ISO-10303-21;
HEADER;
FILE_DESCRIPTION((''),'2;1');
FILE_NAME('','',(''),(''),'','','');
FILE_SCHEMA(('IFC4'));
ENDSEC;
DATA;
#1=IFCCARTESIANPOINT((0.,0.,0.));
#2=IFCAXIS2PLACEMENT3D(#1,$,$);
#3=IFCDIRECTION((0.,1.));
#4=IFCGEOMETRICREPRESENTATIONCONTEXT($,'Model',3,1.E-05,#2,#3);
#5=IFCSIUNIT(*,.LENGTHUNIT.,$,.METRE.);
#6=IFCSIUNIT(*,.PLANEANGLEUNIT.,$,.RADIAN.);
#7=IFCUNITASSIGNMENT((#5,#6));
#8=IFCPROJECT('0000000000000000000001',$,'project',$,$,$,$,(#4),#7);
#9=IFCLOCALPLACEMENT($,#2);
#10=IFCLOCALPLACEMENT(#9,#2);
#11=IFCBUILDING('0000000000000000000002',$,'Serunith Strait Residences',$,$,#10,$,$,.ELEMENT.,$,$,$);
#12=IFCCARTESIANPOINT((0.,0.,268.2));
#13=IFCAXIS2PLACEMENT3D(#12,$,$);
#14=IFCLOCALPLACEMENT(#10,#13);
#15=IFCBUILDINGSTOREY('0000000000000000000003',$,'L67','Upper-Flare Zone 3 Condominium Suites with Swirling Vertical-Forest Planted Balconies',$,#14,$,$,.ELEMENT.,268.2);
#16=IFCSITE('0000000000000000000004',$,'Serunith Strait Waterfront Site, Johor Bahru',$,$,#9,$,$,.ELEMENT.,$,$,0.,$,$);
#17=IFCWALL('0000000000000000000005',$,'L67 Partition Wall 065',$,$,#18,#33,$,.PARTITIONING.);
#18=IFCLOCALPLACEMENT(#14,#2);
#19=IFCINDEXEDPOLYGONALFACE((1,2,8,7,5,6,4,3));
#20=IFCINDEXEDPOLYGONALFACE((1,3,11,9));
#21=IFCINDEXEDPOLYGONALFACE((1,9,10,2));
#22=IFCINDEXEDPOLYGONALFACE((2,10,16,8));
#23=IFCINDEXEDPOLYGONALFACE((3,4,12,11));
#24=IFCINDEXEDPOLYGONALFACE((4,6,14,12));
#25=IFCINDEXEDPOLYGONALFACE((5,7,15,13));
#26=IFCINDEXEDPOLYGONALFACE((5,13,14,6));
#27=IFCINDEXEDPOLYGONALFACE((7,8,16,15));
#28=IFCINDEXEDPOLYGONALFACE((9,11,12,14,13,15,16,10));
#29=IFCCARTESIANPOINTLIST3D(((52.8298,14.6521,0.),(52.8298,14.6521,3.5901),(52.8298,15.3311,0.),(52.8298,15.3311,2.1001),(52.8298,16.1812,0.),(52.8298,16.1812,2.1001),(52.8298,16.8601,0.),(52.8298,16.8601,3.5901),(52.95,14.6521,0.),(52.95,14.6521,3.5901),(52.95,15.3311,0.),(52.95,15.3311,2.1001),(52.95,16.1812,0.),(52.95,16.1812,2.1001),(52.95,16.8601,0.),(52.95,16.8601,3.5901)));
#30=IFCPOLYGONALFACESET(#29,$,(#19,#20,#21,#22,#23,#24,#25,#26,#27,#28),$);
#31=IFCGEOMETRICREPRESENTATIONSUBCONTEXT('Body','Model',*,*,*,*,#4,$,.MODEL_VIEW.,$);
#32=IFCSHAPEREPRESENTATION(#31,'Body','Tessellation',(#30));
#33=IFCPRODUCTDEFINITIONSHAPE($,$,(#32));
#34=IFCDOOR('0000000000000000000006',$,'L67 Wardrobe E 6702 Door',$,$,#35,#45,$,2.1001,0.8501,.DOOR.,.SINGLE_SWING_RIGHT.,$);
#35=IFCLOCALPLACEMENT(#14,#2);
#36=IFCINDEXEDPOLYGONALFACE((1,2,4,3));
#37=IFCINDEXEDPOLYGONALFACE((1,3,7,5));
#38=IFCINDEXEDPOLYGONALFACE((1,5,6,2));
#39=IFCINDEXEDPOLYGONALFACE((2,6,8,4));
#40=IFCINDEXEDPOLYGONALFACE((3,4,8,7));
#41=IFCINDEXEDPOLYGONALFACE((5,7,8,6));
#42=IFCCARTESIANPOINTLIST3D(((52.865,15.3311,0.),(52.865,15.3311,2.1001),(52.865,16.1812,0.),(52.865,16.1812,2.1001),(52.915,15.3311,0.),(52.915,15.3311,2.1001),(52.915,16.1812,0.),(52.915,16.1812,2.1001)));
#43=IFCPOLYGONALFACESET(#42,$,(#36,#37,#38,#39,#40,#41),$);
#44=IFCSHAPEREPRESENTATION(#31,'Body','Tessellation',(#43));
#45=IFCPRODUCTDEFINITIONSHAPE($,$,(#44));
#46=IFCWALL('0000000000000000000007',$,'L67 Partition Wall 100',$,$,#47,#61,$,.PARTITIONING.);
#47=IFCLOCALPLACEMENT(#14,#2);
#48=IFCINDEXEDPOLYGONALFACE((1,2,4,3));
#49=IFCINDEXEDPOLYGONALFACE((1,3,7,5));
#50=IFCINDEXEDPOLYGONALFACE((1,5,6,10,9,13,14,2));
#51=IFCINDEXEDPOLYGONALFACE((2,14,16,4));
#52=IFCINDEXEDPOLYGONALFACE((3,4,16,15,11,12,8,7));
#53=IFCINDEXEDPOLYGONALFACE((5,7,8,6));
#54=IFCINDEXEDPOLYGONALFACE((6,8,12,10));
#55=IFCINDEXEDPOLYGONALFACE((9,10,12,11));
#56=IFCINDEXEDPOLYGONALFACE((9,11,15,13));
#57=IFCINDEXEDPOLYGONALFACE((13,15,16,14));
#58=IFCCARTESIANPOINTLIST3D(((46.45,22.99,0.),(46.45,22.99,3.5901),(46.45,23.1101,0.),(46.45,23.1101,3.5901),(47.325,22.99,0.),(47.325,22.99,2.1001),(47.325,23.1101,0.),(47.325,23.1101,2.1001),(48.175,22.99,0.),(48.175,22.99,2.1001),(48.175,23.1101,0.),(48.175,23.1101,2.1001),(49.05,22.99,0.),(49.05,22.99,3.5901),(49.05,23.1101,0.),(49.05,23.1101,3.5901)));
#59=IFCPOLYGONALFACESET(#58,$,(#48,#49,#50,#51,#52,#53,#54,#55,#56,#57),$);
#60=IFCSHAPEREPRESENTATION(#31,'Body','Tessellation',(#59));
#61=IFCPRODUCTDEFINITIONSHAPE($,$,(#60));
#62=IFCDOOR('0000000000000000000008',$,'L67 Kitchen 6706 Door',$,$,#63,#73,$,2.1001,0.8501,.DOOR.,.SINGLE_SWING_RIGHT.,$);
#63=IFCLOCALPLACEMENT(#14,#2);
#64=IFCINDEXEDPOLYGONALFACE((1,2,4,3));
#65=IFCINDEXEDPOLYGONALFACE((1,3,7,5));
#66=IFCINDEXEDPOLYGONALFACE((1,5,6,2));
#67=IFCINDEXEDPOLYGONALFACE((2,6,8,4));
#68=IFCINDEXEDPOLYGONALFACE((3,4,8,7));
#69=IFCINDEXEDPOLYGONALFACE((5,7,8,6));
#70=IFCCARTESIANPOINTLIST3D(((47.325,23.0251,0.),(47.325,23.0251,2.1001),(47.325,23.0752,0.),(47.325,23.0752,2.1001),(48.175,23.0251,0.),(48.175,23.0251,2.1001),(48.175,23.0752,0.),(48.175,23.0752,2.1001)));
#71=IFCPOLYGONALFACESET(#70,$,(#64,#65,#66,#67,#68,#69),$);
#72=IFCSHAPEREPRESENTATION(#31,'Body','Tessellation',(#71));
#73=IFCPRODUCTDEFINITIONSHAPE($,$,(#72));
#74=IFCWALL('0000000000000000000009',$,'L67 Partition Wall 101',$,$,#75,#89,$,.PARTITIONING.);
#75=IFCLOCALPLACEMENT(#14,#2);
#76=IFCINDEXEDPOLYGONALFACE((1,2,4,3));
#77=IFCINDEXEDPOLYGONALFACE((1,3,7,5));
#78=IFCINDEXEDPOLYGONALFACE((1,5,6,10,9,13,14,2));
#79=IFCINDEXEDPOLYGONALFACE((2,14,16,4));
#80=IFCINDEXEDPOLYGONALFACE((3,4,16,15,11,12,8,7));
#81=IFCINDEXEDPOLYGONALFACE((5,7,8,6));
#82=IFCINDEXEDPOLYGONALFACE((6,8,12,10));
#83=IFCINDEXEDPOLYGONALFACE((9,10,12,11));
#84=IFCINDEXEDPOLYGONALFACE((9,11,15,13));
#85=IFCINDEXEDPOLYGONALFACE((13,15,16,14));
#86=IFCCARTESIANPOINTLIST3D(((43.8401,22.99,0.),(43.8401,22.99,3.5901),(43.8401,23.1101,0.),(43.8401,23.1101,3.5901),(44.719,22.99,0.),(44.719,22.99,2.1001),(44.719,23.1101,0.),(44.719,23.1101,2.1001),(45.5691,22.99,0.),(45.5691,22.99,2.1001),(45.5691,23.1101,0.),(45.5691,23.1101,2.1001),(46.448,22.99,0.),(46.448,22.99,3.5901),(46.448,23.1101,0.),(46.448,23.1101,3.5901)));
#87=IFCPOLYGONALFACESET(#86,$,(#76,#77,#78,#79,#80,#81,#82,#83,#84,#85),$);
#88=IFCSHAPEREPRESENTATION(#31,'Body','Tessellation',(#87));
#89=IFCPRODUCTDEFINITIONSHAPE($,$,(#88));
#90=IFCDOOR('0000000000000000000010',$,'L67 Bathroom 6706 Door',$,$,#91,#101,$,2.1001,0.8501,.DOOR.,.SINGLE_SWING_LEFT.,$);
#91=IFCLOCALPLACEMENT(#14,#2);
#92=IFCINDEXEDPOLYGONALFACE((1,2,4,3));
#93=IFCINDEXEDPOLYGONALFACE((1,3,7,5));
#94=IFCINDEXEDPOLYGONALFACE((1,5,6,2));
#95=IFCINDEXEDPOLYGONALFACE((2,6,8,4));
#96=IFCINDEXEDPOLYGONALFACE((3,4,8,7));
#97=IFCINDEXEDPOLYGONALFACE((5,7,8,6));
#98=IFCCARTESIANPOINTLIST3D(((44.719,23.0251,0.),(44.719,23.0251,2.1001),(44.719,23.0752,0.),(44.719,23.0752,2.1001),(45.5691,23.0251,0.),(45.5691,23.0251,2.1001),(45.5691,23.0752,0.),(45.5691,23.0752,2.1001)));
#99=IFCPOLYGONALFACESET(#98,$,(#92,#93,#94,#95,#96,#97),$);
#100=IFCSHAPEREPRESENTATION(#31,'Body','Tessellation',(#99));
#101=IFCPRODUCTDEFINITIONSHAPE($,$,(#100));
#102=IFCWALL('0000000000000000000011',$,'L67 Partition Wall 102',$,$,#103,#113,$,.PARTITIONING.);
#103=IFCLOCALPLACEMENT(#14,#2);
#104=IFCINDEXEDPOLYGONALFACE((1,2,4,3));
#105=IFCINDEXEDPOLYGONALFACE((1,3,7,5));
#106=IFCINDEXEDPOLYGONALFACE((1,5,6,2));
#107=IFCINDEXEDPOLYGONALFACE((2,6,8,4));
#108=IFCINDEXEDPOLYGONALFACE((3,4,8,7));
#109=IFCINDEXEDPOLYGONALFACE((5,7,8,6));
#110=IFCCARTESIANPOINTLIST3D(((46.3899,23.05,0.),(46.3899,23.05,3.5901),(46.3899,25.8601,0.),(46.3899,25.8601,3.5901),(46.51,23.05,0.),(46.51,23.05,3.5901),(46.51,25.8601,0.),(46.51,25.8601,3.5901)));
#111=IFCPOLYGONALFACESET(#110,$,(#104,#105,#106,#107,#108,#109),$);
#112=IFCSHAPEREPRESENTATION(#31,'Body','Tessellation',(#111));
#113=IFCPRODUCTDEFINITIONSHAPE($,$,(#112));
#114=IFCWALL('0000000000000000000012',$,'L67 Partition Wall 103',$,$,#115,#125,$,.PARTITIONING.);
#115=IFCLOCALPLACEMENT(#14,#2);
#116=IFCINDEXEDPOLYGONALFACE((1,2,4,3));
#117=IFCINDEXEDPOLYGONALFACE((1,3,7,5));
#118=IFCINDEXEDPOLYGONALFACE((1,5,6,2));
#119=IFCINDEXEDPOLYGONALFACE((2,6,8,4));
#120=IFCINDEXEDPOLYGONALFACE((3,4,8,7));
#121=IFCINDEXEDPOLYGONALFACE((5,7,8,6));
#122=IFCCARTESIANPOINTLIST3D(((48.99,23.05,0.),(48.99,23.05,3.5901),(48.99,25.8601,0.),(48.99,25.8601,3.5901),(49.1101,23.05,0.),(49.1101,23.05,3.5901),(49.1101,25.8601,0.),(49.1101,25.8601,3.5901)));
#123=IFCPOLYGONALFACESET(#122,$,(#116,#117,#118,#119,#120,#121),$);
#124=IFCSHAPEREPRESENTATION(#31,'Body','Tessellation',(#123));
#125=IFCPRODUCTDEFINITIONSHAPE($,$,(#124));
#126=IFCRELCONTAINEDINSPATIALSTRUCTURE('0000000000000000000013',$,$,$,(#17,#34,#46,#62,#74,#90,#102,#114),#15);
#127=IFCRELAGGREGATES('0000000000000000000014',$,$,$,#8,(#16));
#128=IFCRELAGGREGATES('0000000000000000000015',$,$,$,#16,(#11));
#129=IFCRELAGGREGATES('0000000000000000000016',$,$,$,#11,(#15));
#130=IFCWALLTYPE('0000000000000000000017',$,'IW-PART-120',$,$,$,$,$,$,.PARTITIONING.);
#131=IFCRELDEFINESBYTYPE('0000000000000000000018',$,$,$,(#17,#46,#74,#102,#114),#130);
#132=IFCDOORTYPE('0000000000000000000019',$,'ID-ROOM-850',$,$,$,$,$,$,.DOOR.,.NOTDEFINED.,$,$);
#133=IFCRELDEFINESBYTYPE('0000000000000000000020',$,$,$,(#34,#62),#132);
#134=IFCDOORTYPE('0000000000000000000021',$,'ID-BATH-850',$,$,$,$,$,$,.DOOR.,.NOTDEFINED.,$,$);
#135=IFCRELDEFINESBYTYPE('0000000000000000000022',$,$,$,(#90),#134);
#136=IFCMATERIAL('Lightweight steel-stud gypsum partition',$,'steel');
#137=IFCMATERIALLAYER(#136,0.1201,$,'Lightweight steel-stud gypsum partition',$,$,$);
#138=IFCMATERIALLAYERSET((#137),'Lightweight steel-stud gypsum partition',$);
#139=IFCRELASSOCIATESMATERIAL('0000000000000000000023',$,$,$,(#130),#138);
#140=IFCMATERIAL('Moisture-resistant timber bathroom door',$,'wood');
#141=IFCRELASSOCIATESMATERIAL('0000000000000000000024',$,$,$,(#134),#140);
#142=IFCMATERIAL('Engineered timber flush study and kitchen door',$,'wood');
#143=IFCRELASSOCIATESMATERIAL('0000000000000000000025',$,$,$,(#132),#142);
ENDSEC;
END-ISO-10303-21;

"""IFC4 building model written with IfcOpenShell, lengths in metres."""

from ifc_helpers import new_model, si_unit, direction, frame, frame_2d, origin, place, context, subcontext, project, spatial, rectangle, extrude, source, transform, mapped, material, layer, layer_set, type_object, element, fill, save


model = new_model("IFC4")

# Units and contexts
model_context = context("Model", 3, precision=1e-05, world=origin(), true_north=direction((0.0, 1.0)))
body_context = subcontext(model_context, "Body", "Model", "MODEL_VIEW")
ifc_project = project(units=[si_unit("LENGTHUNIT", "METRE"), si_unit("PLANEANGLEUNIT", "RADIAN")], contexts=[model_context])

# Site, building, storey
site_placement = place(None, origin())
site = spatial("IfcSite", under=ifc_project, at=site_placement, Name="Serunith Strait Waterfront Site, Johor Bahru", CompositionType="ELEMENT", RefElevation=0.0)
building_placement = place(site_placement, origin())
building = spatial("IfcBuilding", under=site, at=building_placement, Name="Serunith Strait Residences", CompositionType="ELEMENT")
storey_placement = place(building_placement, frame((0.0, 0.0, 268.2)))
storey = spatial("IfcBuildingStorey", under=building, at=storey_placement, Name="L67", Description="Upper-Flare Zone 3 Condominium Suites with Swirling Vertical-Forest Planted Balconies", CompositionType="ELEMENT", Elevation=268.2)

# Shared definitions
ifc_material_1 = material(Name="Lightweight steel-stud gypsum partition", Category="steel")
ifc_layer_1 = layer(ifc_material_1, 0.1201, Name="Lightweight steel-stud gypsum partition")
ifc_layer_set_1 = layer_set([ifc_layer_1], Name="Lightweight steel-stud gypsum partition")
wall_type = type_object("IfcWallType", Name="IW-PART-120", PredefinedType="PARTITIONING", material=ifc_layer_set_1)
ifc_material_2 = material(Name="Moisture-resistant timber bathroom door", Category="wood")
door_type_1 = type_object("IfcDoorType", Name="ID-BATH-850", OperationType="NOTDEFINED", PredefinedType="DOOR", material=ifc_material_2)
shared_shape_1 = source(origin(), body_context, "Body", "SweptSolid", [
    extrude(rectangle(XDim=0.8501, YDim=2.1001, at=frame_2d((0.425, 1.05))), frame((0.0, 0.0249, 0.0), z_axis=(0.0, -1.0, 0.0), x_axis=(1.0, 0.0, 0.0)), (0.0, 0.0, 1.0), 0.05),
])
ifc_material_3 = material(Name="Engineered timber flush study and kitchen door", Category="wood")
door_type_2 = type_object("IfcDoorType", Name="ID-ROOM-850", OperationType="NOTDEFINED", PredefinedType="DOOR", material=ifc_material_3)

# Walls, openings, doors
wall_1_placement = place(storey_placement, frame((52.8899, 14.6521, 0.0), z_axis=(0.0, 0.0, 1.0), x_axis=(0.0, 1.0, 0.0)))
wall_1 = element("IfcWall", 1, at=wall_1_placement, inside=storey, type_object=wall_type, Name="L67 Partition Wall 065", PredefinedType="PARTITIONING", context=body_context, shape_type="SweptSolid", body=[
    extrude(rectangle(XDim=2.208, YDim=0.1201, at=frame_2d((1.104, 0.0))), origin(), (0.0, 0.0, 1.0), 3.5901),
])
opening_1_placement = place(wall_1_placement, frame((0.679, 0.0, 0.0)))
opening_1 = element("IfcOpeningElement", 2, at=opening_1_placement, cuts=wall_1, PredefinedType="OPENING", context=body_context, shape_type="SweptSolid", body=[
    extrude(rectangle(XDim=0.8501, YDim=2.1001, at=frame_2d((0.425, 1.05))), frame((0.0, 0.0701, 0.0), z_axis=(0.0, -1.0, 0.0), x_axis=(1.0, 0.0, 0.0)), (0.0, 0.0, 1.0), 0.1401),
])
door_1_placement = place(opening_1_placement, origin())
door_1 = element("IfcDoor", 3, at=door_1_placement, inside=storey, type_object=door_type_2, Name="L67 Wardrobe E 6702 Door", OperationType="SINGLE_SWING_RIGHT", OverallHeight=2.1001, OverallWidth=0.8501, PredefinedType="DOOR", context=body_context, shape_type="MappedRepresentation", body=[
    mapped(shared_shape_1, transform((0.0, 0.0, 0.0), scale=1.0)),
])
fill(opening_1, door_1)
wall_2_placement = place(storey_placement, frame((49.05, 23.05, 0.0), z_axis=(0.0, 0.0, 1.0), x_axis=(-1.0, 0.0, 0.0)))
wall_2 = element("IfcWall", 4, at=wall_2_placement, inside=storey, type_object=wall_type, Name="L67 Partition Wall 100", PredefinedType="PARTITIONING", context=body_context, shape_type="SweptSolid", body=[
    extrude(rectangle(XDim=2.6001, YDim=0.1201, at=frame_2d((1.3, 0.0))), origin(), (0.0, 0.0, 1.0), 3.5901),
])
opening_2_placement = place(wall_2_placement, frame((0.875, 0.0, 0.0)))
opening_2 = element("IfcOpeningElement", 5, at=opening_2_placement, cuts=wall_2, PredefinedType="OPENING", context=body_context, shape_type="SweptSolid", body=[
    extrude(rectangle(XDim=0.8501, YDim=2.1001, at=frame_2d((0.425, 1.05))), frame((0.0, 0.0701, 0.0), z_axis=(0.0, -1.0, 0.0), x_axis=(1.0, 0.0, 0.0)), (0.0, 0.0, 1.0), 0.1401),
])
door_2_placement = place(opening_2_placement, origin())
door_2 = element("IfcDoor", 6, at=door_2_placement, inside=storey, type_object=door_type_2, Name="L67 Kitchen 6706 Door", OperationType="SINGLE_SWING_RIGHT", OverallHeight=2.1001, OverallWidth=0.8501, PredefinedType="DOOR", context=body_context, shape_type="MappedRepresentation", body=[
    mapped(shared_shape_1, transform((0.0, 0.0, 0.0), scale=1.0)),
])
fill(opening_2, door_2)
wall_3_placement = place(storey_placement, frame((46.448, 23.05, 0.0), z_axis=(0.0, 0.0, 1.0), x_axis=(-1.0, 0.0, 0.0)))
wall_3 = element("IfcWall", 7, at=wall_3_placement, inside=storey, type_object=wall_type, Name="L67 Partition Wall 101", PredefinedType="PARTITIONING", context=body_context, shape_type="SweptSolid", body=[
    extrude(rectangle(XDim=2.6079, YDim=0.1201, at=frame_2d((1.304, 0.0))), origin(), (0.0, 0.0, 1.0), 3.5901),
])
opening_3_placement = place(wall_3_placement, frame((0.8789, 0.0, 0.0)))
opening_3 = element("IfcOpeningElement", 8, at=opening_3_placement, cuts=wall_3, PredefinedType="OPENING", context=body_context, shape_type="SweptSolid", body=[
    extrude(rectangle(XDim=0.8501, YDim=2.1001, at=frame_2d((0.425, 1.05))), frame((0.0, 0.0701, 0.0), z_axis=(0.0, -1.0, 0.0), x_axis=(1.0, 0.0, 0.0)), (0.0, 0.0, 1.0), 0.1401),
])
door_3_placement = place(opening_3_placement, origin())
door_3 = element("IfcDoor", 9, at=door_3_placement, inside=storey, type_object=door_type_1, Name="L67 Bathroom 6706 Door", OperationType="SINGLE_SWING_LEFT", OverallHeight=2.1001, OverallWidth=0.8501, PredefinedType="DOOR", context=body_context, shape_type="MappedRepresentation", body=[
    mapped(shared_shape_1, transform((0.0, 0.0, 0.0), scale=1.0)),
])
fill(opening_3, door_3)

# Walls
for number, where, z_axis, x_axis, name in (
    (10, (46.45, 23.05, 0.0), (0.0, 0.0, 1.0), (0.0, 1.0, 0.0), "L67 Partition Wall 102"),
    (11, (49.05, 23.05, 0.0), (0.0, 0.0, 1.0), (0.0, 1.0, 0.0), "L67 Partition Wall 103"),
):
    element("IfcWall", number, at=place(storey_placement, frame(where, z_axis=z_axis, x_axis=x_axis)), inside=storey, type_object=wall_type, Name=name, PredefinedType="PARTITIONING", context=body_context, shape_type="SweptSolid", body=[
        extrude(rectangle(XDim=2.8101, YDim=0.1201, at=frame_2d((1.405, 0.0))), origin(), (0.0, 0.0, 1.0), 3.5901),
    ])

save(model, "model.ifc")
